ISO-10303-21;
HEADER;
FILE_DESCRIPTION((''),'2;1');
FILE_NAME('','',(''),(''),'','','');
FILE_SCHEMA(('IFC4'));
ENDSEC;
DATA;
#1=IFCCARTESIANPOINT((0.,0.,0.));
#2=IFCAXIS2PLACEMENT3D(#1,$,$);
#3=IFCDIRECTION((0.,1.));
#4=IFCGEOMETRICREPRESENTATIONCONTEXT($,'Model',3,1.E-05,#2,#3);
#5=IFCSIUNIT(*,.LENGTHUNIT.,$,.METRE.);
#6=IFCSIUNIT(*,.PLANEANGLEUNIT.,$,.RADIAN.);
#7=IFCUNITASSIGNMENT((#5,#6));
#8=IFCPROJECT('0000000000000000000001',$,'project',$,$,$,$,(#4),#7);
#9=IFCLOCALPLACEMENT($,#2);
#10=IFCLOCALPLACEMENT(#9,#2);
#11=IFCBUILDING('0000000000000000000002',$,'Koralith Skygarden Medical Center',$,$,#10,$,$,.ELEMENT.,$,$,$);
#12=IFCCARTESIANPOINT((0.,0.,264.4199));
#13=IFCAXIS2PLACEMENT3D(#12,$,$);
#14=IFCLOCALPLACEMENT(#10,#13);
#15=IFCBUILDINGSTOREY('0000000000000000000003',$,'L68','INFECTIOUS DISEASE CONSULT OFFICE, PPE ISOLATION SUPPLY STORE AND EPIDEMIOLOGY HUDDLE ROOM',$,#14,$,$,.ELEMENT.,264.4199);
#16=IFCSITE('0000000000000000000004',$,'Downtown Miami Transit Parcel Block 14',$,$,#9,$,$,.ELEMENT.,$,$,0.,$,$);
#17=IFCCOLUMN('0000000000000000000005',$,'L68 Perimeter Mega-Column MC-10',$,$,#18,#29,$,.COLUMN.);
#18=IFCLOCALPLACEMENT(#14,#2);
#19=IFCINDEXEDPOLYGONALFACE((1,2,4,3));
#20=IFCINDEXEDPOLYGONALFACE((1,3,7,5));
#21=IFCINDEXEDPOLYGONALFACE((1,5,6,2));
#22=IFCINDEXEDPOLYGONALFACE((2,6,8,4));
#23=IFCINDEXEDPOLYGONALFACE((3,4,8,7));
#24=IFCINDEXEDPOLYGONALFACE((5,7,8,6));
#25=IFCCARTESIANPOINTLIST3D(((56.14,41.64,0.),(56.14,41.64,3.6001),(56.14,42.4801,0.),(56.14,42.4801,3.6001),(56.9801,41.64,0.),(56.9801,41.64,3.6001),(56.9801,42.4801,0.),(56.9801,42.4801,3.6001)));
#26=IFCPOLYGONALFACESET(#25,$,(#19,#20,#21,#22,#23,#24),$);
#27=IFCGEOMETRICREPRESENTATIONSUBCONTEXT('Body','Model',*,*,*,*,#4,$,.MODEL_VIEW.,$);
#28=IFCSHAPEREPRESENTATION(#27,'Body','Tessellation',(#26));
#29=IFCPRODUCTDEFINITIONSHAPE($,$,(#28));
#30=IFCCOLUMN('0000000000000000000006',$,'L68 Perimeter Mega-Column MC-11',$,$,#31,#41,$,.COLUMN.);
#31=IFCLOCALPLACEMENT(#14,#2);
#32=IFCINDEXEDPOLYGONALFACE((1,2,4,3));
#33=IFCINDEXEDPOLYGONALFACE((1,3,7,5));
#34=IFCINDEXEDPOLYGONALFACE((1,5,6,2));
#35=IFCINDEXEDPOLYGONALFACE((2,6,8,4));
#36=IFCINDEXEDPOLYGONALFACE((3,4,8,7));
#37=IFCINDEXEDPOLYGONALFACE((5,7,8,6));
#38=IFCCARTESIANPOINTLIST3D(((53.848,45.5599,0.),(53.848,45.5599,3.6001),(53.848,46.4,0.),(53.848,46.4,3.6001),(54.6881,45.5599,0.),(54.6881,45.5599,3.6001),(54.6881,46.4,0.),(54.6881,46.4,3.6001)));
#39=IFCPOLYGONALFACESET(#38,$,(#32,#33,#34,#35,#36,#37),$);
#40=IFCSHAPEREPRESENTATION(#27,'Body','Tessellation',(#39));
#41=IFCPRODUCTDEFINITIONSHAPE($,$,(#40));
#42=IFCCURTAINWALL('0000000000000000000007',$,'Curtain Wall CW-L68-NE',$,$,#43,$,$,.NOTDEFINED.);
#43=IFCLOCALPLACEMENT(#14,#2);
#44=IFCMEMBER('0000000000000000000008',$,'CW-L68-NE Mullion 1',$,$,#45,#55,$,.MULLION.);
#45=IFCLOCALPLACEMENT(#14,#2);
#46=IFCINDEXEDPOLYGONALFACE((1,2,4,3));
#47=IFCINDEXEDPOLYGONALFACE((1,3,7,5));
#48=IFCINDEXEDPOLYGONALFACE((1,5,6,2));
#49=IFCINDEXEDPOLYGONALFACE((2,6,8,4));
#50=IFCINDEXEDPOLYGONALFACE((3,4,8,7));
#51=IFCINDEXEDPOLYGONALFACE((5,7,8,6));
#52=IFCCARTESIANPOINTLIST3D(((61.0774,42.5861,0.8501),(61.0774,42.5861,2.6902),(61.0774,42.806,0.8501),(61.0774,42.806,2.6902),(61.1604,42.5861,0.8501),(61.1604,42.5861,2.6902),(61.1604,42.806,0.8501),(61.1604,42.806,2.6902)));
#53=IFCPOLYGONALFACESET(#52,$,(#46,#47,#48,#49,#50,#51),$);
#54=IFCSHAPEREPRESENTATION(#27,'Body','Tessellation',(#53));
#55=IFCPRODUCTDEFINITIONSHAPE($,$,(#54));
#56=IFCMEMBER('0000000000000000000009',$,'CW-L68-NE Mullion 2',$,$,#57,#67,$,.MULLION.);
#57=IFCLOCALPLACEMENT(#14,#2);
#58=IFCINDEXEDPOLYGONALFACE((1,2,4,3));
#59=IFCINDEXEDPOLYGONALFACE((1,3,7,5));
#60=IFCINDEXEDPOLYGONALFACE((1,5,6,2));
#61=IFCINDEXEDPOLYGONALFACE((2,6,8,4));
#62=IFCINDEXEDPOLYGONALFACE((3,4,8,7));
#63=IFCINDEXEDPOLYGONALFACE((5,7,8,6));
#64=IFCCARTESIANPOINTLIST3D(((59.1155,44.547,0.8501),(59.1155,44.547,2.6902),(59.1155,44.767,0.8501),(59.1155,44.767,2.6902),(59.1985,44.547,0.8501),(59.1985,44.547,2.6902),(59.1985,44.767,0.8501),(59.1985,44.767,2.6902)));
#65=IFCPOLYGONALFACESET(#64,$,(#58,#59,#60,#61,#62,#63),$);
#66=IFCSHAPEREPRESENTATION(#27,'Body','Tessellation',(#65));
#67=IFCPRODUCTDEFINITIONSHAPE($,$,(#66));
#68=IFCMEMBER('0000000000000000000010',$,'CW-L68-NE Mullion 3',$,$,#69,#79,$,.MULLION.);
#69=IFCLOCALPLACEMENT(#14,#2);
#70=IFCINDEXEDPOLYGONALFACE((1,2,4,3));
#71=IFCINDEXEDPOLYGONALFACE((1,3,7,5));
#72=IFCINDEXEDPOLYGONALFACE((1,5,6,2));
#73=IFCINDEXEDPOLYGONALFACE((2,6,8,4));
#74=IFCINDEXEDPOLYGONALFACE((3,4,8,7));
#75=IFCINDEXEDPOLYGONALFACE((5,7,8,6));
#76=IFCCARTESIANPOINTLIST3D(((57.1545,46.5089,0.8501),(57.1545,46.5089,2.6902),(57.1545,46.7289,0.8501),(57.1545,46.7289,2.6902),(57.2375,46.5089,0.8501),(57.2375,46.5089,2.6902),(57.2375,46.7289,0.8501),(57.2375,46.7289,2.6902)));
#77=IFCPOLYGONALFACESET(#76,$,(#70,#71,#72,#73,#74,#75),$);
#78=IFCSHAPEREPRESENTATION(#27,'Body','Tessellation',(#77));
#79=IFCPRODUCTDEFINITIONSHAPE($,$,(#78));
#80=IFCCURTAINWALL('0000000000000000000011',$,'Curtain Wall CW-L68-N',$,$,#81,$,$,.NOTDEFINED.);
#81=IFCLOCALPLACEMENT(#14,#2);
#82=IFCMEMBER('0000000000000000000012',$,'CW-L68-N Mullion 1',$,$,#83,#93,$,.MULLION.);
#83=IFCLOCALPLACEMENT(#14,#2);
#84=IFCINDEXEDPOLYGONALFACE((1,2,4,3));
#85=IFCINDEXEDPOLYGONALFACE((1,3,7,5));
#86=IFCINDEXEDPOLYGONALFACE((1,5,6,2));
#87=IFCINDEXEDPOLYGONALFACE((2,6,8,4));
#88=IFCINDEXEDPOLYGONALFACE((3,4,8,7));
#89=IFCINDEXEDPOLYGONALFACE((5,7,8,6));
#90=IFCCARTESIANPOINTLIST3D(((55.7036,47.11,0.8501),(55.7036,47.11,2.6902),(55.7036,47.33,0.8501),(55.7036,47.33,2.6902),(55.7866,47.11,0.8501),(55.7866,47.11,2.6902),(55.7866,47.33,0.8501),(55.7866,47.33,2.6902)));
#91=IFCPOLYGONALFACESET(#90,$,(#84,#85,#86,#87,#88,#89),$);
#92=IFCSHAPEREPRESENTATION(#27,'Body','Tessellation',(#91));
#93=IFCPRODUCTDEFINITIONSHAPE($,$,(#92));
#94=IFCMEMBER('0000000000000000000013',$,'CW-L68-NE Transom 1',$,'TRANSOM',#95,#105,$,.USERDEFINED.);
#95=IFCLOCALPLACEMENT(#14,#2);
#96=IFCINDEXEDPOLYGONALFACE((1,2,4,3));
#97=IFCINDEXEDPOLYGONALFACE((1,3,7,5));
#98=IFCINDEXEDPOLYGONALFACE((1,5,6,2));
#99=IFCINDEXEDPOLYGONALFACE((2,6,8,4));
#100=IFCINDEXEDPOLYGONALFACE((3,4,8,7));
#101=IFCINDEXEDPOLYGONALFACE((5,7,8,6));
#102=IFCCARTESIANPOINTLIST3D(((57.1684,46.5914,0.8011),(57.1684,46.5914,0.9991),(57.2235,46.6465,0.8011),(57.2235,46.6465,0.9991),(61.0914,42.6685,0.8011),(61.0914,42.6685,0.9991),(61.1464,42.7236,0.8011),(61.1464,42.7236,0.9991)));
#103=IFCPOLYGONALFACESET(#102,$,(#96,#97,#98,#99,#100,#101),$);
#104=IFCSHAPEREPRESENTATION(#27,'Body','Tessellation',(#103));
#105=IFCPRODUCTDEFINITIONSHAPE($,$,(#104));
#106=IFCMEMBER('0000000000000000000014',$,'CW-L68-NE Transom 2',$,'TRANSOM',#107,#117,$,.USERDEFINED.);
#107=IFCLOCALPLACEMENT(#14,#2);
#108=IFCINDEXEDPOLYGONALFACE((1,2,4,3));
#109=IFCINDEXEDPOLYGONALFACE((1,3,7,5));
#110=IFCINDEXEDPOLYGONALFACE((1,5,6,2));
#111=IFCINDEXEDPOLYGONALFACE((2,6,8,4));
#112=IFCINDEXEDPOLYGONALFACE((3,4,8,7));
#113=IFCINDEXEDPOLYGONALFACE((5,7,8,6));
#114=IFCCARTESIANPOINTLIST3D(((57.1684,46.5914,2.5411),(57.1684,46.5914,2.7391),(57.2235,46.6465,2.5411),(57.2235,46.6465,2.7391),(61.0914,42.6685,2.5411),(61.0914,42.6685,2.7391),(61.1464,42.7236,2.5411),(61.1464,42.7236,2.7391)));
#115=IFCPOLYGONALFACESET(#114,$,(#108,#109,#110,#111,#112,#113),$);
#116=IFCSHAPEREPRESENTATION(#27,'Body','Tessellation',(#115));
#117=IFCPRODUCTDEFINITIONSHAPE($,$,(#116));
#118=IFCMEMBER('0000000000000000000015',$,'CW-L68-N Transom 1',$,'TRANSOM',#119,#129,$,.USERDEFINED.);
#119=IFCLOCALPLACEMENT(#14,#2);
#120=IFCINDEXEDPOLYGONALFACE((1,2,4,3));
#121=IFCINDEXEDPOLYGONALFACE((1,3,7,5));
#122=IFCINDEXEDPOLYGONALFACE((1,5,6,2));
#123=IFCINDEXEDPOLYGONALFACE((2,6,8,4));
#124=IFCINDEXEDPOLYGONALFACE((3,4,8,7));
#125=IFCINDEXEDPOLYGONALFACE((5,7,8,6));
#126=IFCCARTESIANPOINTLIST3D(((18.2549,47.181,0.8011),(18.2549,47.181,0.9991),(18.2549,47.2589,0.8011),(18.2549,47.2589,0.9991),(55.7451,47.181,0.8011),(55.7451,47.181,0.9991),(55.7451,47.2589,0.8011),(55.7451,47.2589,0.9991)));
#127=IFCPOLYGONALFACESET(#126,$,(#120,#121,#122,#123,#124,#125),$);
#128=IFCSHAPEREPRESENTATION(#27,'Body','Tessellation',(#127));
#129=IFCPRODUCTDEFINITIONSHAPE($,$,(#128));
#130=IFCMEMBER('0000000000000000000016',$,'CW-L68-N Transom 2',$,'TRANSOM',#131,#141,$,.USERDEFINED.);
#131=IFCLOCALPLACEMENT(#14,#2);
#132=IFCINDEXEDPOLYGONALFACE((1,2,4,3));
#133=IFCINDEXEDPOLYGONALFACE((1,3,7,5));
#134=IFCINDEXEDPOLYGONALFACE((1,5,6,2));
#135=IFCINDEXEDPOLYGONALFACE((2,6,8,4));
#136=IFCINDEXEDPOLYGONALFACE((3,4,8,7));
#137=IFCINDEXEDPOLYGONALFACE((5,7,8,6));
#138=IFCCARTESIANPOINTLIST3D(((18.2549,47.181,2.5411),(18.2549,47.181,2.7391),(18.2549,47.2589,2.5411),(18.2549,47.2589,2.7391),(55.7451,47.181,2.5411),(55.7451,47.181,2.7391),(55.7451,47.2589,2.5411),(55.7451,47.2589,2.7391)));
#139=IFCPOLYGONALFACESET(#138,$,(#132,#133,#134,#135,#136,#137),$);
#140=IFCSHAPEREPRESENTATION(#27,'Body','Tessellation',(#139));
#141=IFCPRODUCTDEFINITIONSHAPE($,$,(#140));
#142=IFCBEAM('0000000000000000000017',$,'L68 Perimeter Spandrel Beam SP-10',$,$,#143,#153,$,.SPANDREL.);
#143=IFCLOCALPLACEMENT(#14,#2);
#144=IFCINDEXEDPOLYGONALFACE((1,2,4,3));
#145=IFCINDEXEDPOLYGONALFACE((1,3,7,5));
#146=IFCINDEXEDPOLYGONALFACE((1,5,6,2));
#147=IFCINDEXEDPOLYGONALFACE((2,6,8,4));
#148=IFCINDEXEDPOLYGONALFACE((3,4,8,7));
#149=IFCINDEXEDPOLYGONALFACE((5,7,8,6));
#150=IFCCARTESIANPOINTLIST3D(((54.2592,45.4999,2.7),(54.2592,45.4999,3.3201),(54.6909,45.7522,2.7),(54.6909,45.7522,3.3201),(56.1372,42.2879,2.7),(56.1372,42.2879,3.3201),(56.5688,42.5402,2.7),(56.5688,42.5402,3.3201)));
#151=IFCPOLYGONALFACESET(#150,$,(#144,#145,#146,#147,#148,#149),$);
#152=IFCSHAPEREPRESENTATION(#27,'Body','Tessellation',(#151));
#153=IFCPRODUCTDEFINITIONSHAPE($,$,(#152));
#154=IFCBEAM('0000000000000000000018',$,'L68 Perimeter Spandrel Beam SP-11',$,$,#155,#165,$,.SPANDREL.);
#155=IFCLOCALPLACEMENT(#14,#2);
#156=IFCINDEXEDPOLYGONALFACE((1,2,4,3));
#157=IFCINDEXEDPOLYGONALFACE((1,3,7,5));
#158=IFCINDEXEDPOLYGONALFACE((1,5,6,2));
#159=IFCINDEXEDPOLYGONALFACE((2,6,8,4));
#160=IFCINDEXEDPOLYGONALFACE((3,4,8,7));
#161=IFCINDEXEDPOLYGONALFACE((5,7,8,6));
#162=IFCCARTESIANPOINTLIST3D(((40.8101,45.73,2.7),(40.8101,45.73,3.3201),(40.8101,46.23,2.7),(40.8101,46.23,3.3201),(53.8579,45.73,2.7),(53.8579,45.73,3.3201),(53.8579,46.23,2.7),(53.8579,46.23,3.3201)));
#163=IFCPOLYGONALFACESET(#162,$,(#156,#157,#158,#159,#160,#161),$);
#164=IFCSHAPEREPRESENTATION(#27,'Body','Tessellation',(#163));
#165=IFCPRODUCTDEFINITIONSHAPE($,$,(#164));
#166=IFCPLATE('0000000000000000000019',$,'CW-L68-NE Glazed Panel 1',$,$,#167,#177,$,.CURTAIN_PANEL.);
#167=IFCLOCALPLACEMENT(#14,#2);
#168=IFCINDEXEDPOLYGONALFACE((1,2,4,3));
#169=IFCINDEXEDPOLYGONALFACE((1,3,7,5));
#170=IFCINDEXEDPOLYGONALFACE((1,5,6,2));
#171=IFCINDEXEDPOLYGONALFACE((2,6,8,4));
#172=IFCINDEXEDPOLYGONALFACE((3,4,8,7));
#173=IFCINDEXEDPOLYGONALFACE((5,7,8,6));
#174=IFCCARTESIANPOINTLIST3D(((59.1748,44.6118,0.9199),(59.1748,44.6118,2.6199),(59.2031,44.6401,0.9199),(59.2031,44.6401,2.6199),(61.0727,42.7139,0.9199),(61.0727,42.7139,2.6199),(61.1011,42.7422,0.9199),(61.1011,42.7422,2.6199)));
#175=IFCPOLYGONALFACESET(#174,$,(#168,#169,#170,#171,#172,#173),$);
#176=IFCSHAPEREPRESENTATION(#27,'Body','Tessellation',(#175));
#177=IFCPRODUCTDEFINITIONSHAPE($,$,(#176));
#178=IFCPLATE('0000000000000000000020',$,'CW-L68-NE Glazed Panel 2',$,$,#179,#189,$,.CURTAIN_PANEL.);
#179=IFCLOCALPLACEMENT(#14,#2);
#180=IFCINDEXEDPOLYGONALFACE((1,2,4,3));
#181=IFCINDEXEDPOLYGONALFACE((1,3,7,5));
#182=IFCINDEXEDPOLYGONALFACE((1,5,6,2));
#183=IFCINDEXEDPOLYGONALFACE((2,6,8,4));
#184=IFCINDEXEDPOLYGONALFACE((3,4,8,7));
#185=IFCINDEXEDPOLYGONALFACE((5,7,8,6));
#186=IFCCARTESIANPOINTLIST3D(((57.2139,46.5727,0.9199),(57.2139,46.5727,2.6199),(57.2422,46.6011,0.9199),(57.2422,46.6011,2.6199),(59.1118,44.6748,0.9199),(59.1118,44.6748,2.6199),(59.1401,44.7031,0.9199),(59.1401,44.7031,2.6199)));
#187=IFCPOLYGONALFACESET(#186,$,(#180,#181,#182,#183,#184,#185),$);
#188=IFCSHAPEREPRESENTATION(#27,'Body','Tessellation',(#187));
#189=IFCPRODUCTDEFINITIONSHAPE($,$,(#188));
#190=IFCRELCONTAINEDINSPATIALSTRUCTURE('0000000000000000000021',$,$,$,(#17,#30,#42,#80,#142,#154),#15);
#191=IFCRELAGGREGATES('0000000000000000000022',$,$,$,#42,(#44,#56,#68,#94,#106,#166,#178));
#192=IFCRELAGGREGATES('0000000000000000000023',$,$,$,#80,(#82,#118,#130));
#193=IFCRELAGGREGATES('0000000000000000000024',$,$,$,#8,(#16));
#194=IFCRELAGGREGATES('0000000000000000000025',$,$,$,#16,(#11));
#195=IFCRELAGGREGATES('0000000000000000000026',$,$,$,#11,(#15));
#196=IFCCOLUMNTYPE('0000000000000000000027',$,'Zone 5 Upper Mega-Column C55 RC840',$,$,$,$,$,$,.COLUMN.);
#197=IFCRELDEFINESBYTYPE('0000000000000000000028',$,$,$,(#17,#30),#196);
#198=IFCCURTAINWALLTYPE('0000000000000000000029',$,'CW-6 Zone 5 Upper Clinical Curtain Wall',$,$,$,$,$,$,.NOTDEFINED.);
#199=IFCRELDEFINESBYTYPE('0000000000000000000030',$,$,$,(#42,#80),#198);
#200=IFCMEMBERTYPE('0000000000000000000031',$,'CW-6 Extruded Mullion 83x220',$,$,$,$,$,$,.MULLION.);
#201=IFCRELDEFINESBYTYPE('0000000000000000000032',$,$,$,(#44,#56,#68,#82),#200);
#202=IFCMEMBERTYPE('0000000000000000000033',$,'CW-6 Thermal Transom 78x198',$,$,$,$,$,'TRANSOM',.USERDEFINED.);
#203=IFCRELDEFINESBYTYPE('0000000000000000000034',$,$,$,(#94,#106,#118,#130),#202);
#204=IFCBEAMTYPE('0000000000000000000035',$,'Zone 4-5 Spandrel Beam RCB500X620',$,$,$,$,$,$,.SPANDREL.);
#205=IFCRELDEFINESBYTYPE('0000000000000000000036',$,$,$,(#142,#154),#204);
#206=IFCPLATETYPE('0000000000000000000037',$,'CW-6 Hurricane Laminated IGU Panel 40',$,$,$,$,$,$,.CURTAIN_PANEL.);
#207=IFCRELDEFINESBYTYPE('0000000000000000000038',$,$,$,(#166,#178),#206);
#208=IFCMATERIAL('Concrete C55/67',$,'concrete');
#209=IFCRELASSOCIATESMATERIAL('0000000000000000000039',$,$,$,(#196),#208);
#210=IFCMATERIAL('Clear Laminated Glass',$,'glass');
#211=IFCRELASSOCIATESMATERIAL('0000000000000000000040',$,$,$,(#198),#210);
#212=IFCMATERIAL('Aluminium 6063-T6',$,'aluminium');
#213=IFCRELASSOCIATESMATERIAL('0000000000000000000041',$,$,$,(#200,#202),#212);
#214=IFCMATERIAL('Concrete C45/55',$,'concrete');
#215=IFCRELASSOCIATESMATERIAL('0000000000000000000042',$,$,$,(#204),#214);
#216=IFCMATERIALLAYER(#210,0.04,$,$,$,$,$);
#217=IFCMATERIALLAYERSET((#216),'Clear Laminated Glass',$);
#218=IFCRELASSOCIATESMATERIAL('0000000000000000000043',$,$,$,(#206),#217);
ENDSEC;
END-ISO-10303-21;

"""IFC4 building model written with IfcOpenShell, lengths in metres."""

from ifc_helpers import new_model, si_unit, direction, frame, origin, origin_2d, place, context, subcontext, project, spatial, rectangle, extrude, material, layer, layer_set, material_profile, profile_set, type_object, element, aggregate, save


model = new_model("IFC4")

# Units and contexts
model_context = context("Model", 3, precision=1e-05, world=origin(), true_north=direction((0.0, 1.0)))
body_context = subcontext(model_context, "Body", "Model", "MODEL_VIEW")
ifc_project = project(units=[si_unit("LENGTHUNIT", "METRE"), si_unit("PLANEANGLEUNIT", "RADIAN")], contexts=[model_context])

# Site, building, storey
site_placement = place(None, origin())
site = spatial("IfcSite", under=ifc_project, at=site_placement, Name="Downtown Miami Transit Parcel Block 14", CompositionType="ELEMENT", RefElevation=0.0)
building_placement = place(site_placement, origin())
building = spatial("IfcBuilding", under=site, at=building_placement, Name="Koralith Skygarden Medical Center", CompositionType="ELEMENT")
storey_placement = place(building_placement, frame((0.0, 0.0, 264.4199)))
storey = spatial("IfcBuildingStorey", under=building, at=storey_placement, Name="L68", Description="INFECTIOUS DISEASE CONSULT OFFICE, PPE ISOLATION SUPPLY STORE AND EPIDEMIOLOGY HUDDLE ROOM", CompositionType="ELEMENT", Elevation=264.4199)

# Columns
ifc_material_1 = material(Name="Concrete C55/67", Category="concrete")
ifc_material_profile_1 = material_profile(ifc_material_1, rectangle(XDim=0.8401, YDim=0.8401, at=origin_2d()), Name="RC840X840")
ifc_profile_set_1 = profile_set([ifc_material_profile_1], Name="Concrete C55/67")
column_type = type_object("IfcColumnType", Name="Zone 5 Upper Mega-Column C55 RC840", PredefinedType="COLUMN", material=ifc_profile_set_1)
for number, where, z_axis, x_axis, name in (
    (1, (56.5601, 42.0601, 0.0), (0.0, 0.0, 1.0), (1.0, 0.0, 0.0), "L68 Perimeter Mega-Column MC-10"),
    (2, (54.2681, 45.98, 0.0), (0.0, 0.0, 1.0), (1.0, 0.0, 0.0), "L68 Perimeter Mega-Column MC-11"),
):
    element("IfcColumn", number, at=place(storey_placement, frame(where, z_axis=z_axis, x_axis=x_axis)), inside=storey, type_object=column_type, Name=name, PredefinedType="COLUMN", context=body_context, shape_type="SweptSolid", body=[
        extrude(rectangle(XDim=0.8401, YDim=0.8401, at=origin_2d()), origin(), (0.0, 0.0, 1.0), 3.6001),
    ])

# Curtain wall, members
ifc_material_2 = material(Name="Clear Laminated Glass", Category="glass")
curtain_wall_type = type_object("IfcCurtainWallType", Name="CW-6 Zone 5 Upper Clinical Curtain Wall", PredefinedType="NOTDEFINED", material=ifc_material_2)
curtain_wall_1_placement = place(storey_placement, origin())
curtain_wall_1 = element("IfcCurtainWall", 3, at=curtain_wall_1_placement, inside=storey, type_object=curtain_wall_type, Name="Curtain Wall CW-L68-NE", PredefinedType="NOTDEFINED")
ifc_material_3 = material(Name="Aluminium 6063-T6", Category="aluminium")
ifc_material_profile_2 = material_profile(ifc_material_3, rectangle(XDim=0.083, YDim=0.22, at=origin_2d()), Name="MUL83X220")
ifc_profile_set_2 = profile_set([ifc_material_profile_2], Name="Aluminium 6063-T6")
member_type_1 = type_object("IfcMemberType", Name="CW-6 Extruded Mullion 83x220", PredefinedType="MULLION", material=ifc_profile_set_2)
member_1_placement = place(storey_placement, frame((61.1189, 42.696, 0.8501), z_axis=(0.0, 0.0, 1.0), x_axis=(1.0, 0.0, 0.0)))
member_1 = element("IfcMember", 4, at=member_1_placement, type_object=member_type_1, Name="CW-L68-NE Mullion 1", PredefinedType="MULLION", context=body_context, shape_type="SweptSolid", body=[
    extrude(rectangle(XDim=0.083, YDim=0.22, at=origin_2d()), origin(), (0.0, 0.0, 1.0), 1.8401),
])
member_2_placement = place(storey_placement, frame((59.157, 44.657, 0.8501), z_axis=(0.0, 0.0, 1.0), x_axis=(1.0, 0.0, 0.0)))
member_2 = element("IfcMember", 5, at=member_2_placement, type_object=member_type_1, Name="CW-L68-NE Mullion 2", PredefinedType="MULLION", context=body_context, shape_type="SweptSolid", body=[
    extrude(rectangle(XDim=0.083, YDim=0.22, at=origin_2d()), origin(), (0.0, 0.0, 1.0), 1.8401),
])
member_3_placement = place(storey_placement, frame((57.196, 46.6189, 0.8501), z_axis=(0.0, 0.0, 1.0), x_axis=(1.0, 0.0, 0.0)))
member_3 = element("IfcMember", 6, at=member_3_placement, type_object=member_type_1, Name="CW-L68-NE Mullion 3", PredefinedType="MULLION", context=body_context, shape_type="SweptSolid", body=[
    extrude(rectangle(XDim=0.083, YDim=0.22, at=origin_2d()), origin(), (0.0, 0.0, 1.0), 1.8401),
])

# Curtain wall, member
curtain_wall_2_placement = place(storey_placement, origin())
curtain_wall_2 = element("IfcCurtainWall", 7, at=curtain_wall_2_placement, inside=storey, type_object=curtain_wall_type, Name="Curtain Wall CW-L68-N", PredefinedType="NOTDEFINED")
member_4_placement = place(storey_placement, frame((55.7451, 47.22, 0.8501), z_axis=(0.0, 0.0, 1.0), x_axis=(1.0, 0.0, 0.0)))
member_4 = element("IfcMember", 8, at=member_4_placement, type_object=member_type_1, Name="CW-L68-N Mullion 1", PredefinedType="MULLION", context=body_context, shape_type="SweptSolid", body=[
    extrude(rectangle(XDim=0.083, YDim=0.22, at=origin_2d()), origin(), (0.0, 0.0, 1.0), 1.8401),
])

# Members
ifc_material_profile_3 = material_profile(ifc_material_3, rectangle(XDim=0.0779, YDim=0.198, at=origin_2d()), Name="TRN78X198")
ifc_profile_set_3 = profile_set([ifc_material_profile_3], Name="Aluminium 6063-T6")
member_type_2 = type_object("IfcMemberType", Name="CW-6 Thermal Transom 78x198", ElementType="TRANSOM", PredefinedType="USERDEFINED", material=ifc_profile_set_3)
member_5_placement = place(storey_placement, frame((61.1189, 42.696, 0.9001), z_axis=(-0.707107, 0.707107, 0.0), x_axis=(-0.707107, -0.707107, 0.0)))
member_5 = element("IfcMember", 9, at=member_5_placement, type_object=member_type_2, Name="CW-L68-NE Transom 1", ObjectType="TRANSOM", PredefinedType="USERDEFINED", context=body_context, shape_type="SweptSolid", body=[
    extrude(rectangle(XDim=0.0779, YDim=0.198, at=origin_2d()), origin(), (0.0, 0.0, 1.0), 5.5479),
])
member_6_placement = place(storey_placement, frame((61.1189, 42.696, 2.6401), z_axis=(-0.707107, 0.707107, 0.0), x_axis=(-0.707107, -0.707107, 0.0)))
member_6 = element("IfcMember", 10, at=member_6_placement, type_object=member_type_2, Name="CW-L68-NE Transom 2", ObjectType="TRANSOM", PredefinedType="USERDEFINED", context=body_context, shape_type="SweptSolid", body=[
    extrude(rectangle(XDim=0.0779, YDim=0.198, at=origin_2d()), origin(), (0.0, 0.0, 1.0), 5.5479),
])
member_7_placement = place(storey_placement, frame((55.7451, 47.22, 0.9001), z_axis=(-1.0, 0.0, 0.0), x_axis=(0.0, -1.0, 0.0)))
member_7 = element("IfcMember", 11, at=member_7_placement, type_object=member_type_2, Name="CW-L68-N Transom 1", ObjectType="TRANSOM", PredefinedType="USERDEFINED", context=body_context, shape_type="SweptSolid", body=[
    extrude(rectangle(XDim=0.0779, YDim=0.198, at=origin_2d()), origin(), (0.0, 0.0, 1.0), 37.4902),
])
member_8_placement = place(storey_placement, frame((55.7451, 47.22, 2.6401), z_axis=(-1.0, 0.0, 0.0), x_axis=(0.0, -1.0, 0.0)))
member_8 = element("IfcMember", 12, at=member_8_placement, type_object=member_type_2, Name="CW-L68-N Transom 2", ObjectType="TRANSOM", PredefinedType="USERDEFINED", context=body_context, shape_type="SweptSolid", body=[
    extrude(rectangle(XDim=0.0779, YDim=0.198, at=origin_2d()), origin(), (0.0, 0.0, 1.0), 37.4902),
])

# Beams
ifc_material_4 = material(Name="Concrete C45/55", Category="concrete")
ifc_material_profile_4 = material_profile(ifc_material_4, rectangle(XDim=0.5, YDim=0.6201, at=origin_2d()), Name="RCB500X620")
ifc_profile_set_4 = profile_set([ifc_material_profile_4], Name="Concrete C45/55")
beam_type = type_object("IfcBeamType", Name="Zone 4-5 Spandrel Beam RCB500X620", PredefinedType="SPANDREL", material=ifc_profile_set_4)
beam_1_placement = place(storey_placement, frame((56.353, 42.4141, 3.01), z_axis=(-0.504736, 0.863274, 0.0), x_axis=(-0.863274, -0.504736, 0.0)))
element("IfcBeam", 13, at=beam_1_placement, inside=storey, type_object=beam_type, Name="L68 Perimeter Spandrel Beam SP-10", PredefinedType="SPANDREL", context=body_context, shape_type="SweptSolid", body=[
    extrude(rectangle(XDim=0.5, YDim=0.6201, at=origin_2d()), origin(), (0.0, 0.0, 1.0), 3.7207),
])
beam_2_placement = place(storey_placement, frame((53.8579, 45.98, 3.01), z_axis=(-1.0, 0.0, 0.0), x_axis=(0.0, -1.0, 0.0)))
element("IfcBeam", 14, at=beam_2_placement, inside=storey, type_object=beam_type, Name="L68 Perimeter Spandrel Beam SP-11", PredefinedType="SPANDREL", context=body_context, shape_type="SweptSolid", body=[
    extrude(rectangle(XDim=0.5, YDim=0.6201, at=origin_2d()), origin(), (0.0, 0.0, 1.0), 13.0479),
])

# Plates
ifc_layer_1 = layer(ifc_material_2, 0.04)
ifc_layer_set_1 = layer_set([ifc_layer_1], Name="Clear Laminated Glass")
plate_type_1 = type_object("IfcPlateType", Name="CW-6 Hurricane Laminated IGU Panel 40", PredefinedType="CURTAIN_PANEL", material=ifc_layer_set_1)
plate_1_placement = place(storey_placement, frame((60.1379, 43.677, 0.9199), z_axis=(0.0, 0.0, 1.0), x_axis=(-0.707107, 0.707107, 0.0)))
plate_1 = element("IfcPlate", 15, at=plate_1_placement, type_object=plate_type_1, Name="CW-L68-NE Glazed Panel 1", PredefinedType="CURTAIN_PANEL", context=body_context, shape_type="SweptSolid", body=[
    extrude(rectangle(XDim=2.6841, YDim=0.04, at=origin_2d()), origin(), (0.0, 0.0, 1.0), 1.7),
])
plate_2_placement = place(storey_placement, frame((58.177, 45.6379, 0.9199), z_axis=(0.0, 0.0, 1.0), x_axis=(-0.707107, 0.707107, 0.0)))
plate_2 = element("IfcPlate", 16, at=plate_2_placement, type_object=plate_type_1, Name="CW-L68-NE Glazed Panel 2", PredefinedType="CURTAIN_PANEL", context=body_context, shape_type="SweptSolid", body=[
    extrude(rectangle(XDim=2.6841, YDim=0.04, at=origin_2d()), origin(), (0.0, 0.0, 1.0), 1.7),
])
aggregate(curtain_wall_1, [member_1, member_2, member_3, member_5, member_6, plate_1, plate_2])
aggregate(curtain_wall_2, [member_4, member_7, member_8])

save(model, "model.ifc")
